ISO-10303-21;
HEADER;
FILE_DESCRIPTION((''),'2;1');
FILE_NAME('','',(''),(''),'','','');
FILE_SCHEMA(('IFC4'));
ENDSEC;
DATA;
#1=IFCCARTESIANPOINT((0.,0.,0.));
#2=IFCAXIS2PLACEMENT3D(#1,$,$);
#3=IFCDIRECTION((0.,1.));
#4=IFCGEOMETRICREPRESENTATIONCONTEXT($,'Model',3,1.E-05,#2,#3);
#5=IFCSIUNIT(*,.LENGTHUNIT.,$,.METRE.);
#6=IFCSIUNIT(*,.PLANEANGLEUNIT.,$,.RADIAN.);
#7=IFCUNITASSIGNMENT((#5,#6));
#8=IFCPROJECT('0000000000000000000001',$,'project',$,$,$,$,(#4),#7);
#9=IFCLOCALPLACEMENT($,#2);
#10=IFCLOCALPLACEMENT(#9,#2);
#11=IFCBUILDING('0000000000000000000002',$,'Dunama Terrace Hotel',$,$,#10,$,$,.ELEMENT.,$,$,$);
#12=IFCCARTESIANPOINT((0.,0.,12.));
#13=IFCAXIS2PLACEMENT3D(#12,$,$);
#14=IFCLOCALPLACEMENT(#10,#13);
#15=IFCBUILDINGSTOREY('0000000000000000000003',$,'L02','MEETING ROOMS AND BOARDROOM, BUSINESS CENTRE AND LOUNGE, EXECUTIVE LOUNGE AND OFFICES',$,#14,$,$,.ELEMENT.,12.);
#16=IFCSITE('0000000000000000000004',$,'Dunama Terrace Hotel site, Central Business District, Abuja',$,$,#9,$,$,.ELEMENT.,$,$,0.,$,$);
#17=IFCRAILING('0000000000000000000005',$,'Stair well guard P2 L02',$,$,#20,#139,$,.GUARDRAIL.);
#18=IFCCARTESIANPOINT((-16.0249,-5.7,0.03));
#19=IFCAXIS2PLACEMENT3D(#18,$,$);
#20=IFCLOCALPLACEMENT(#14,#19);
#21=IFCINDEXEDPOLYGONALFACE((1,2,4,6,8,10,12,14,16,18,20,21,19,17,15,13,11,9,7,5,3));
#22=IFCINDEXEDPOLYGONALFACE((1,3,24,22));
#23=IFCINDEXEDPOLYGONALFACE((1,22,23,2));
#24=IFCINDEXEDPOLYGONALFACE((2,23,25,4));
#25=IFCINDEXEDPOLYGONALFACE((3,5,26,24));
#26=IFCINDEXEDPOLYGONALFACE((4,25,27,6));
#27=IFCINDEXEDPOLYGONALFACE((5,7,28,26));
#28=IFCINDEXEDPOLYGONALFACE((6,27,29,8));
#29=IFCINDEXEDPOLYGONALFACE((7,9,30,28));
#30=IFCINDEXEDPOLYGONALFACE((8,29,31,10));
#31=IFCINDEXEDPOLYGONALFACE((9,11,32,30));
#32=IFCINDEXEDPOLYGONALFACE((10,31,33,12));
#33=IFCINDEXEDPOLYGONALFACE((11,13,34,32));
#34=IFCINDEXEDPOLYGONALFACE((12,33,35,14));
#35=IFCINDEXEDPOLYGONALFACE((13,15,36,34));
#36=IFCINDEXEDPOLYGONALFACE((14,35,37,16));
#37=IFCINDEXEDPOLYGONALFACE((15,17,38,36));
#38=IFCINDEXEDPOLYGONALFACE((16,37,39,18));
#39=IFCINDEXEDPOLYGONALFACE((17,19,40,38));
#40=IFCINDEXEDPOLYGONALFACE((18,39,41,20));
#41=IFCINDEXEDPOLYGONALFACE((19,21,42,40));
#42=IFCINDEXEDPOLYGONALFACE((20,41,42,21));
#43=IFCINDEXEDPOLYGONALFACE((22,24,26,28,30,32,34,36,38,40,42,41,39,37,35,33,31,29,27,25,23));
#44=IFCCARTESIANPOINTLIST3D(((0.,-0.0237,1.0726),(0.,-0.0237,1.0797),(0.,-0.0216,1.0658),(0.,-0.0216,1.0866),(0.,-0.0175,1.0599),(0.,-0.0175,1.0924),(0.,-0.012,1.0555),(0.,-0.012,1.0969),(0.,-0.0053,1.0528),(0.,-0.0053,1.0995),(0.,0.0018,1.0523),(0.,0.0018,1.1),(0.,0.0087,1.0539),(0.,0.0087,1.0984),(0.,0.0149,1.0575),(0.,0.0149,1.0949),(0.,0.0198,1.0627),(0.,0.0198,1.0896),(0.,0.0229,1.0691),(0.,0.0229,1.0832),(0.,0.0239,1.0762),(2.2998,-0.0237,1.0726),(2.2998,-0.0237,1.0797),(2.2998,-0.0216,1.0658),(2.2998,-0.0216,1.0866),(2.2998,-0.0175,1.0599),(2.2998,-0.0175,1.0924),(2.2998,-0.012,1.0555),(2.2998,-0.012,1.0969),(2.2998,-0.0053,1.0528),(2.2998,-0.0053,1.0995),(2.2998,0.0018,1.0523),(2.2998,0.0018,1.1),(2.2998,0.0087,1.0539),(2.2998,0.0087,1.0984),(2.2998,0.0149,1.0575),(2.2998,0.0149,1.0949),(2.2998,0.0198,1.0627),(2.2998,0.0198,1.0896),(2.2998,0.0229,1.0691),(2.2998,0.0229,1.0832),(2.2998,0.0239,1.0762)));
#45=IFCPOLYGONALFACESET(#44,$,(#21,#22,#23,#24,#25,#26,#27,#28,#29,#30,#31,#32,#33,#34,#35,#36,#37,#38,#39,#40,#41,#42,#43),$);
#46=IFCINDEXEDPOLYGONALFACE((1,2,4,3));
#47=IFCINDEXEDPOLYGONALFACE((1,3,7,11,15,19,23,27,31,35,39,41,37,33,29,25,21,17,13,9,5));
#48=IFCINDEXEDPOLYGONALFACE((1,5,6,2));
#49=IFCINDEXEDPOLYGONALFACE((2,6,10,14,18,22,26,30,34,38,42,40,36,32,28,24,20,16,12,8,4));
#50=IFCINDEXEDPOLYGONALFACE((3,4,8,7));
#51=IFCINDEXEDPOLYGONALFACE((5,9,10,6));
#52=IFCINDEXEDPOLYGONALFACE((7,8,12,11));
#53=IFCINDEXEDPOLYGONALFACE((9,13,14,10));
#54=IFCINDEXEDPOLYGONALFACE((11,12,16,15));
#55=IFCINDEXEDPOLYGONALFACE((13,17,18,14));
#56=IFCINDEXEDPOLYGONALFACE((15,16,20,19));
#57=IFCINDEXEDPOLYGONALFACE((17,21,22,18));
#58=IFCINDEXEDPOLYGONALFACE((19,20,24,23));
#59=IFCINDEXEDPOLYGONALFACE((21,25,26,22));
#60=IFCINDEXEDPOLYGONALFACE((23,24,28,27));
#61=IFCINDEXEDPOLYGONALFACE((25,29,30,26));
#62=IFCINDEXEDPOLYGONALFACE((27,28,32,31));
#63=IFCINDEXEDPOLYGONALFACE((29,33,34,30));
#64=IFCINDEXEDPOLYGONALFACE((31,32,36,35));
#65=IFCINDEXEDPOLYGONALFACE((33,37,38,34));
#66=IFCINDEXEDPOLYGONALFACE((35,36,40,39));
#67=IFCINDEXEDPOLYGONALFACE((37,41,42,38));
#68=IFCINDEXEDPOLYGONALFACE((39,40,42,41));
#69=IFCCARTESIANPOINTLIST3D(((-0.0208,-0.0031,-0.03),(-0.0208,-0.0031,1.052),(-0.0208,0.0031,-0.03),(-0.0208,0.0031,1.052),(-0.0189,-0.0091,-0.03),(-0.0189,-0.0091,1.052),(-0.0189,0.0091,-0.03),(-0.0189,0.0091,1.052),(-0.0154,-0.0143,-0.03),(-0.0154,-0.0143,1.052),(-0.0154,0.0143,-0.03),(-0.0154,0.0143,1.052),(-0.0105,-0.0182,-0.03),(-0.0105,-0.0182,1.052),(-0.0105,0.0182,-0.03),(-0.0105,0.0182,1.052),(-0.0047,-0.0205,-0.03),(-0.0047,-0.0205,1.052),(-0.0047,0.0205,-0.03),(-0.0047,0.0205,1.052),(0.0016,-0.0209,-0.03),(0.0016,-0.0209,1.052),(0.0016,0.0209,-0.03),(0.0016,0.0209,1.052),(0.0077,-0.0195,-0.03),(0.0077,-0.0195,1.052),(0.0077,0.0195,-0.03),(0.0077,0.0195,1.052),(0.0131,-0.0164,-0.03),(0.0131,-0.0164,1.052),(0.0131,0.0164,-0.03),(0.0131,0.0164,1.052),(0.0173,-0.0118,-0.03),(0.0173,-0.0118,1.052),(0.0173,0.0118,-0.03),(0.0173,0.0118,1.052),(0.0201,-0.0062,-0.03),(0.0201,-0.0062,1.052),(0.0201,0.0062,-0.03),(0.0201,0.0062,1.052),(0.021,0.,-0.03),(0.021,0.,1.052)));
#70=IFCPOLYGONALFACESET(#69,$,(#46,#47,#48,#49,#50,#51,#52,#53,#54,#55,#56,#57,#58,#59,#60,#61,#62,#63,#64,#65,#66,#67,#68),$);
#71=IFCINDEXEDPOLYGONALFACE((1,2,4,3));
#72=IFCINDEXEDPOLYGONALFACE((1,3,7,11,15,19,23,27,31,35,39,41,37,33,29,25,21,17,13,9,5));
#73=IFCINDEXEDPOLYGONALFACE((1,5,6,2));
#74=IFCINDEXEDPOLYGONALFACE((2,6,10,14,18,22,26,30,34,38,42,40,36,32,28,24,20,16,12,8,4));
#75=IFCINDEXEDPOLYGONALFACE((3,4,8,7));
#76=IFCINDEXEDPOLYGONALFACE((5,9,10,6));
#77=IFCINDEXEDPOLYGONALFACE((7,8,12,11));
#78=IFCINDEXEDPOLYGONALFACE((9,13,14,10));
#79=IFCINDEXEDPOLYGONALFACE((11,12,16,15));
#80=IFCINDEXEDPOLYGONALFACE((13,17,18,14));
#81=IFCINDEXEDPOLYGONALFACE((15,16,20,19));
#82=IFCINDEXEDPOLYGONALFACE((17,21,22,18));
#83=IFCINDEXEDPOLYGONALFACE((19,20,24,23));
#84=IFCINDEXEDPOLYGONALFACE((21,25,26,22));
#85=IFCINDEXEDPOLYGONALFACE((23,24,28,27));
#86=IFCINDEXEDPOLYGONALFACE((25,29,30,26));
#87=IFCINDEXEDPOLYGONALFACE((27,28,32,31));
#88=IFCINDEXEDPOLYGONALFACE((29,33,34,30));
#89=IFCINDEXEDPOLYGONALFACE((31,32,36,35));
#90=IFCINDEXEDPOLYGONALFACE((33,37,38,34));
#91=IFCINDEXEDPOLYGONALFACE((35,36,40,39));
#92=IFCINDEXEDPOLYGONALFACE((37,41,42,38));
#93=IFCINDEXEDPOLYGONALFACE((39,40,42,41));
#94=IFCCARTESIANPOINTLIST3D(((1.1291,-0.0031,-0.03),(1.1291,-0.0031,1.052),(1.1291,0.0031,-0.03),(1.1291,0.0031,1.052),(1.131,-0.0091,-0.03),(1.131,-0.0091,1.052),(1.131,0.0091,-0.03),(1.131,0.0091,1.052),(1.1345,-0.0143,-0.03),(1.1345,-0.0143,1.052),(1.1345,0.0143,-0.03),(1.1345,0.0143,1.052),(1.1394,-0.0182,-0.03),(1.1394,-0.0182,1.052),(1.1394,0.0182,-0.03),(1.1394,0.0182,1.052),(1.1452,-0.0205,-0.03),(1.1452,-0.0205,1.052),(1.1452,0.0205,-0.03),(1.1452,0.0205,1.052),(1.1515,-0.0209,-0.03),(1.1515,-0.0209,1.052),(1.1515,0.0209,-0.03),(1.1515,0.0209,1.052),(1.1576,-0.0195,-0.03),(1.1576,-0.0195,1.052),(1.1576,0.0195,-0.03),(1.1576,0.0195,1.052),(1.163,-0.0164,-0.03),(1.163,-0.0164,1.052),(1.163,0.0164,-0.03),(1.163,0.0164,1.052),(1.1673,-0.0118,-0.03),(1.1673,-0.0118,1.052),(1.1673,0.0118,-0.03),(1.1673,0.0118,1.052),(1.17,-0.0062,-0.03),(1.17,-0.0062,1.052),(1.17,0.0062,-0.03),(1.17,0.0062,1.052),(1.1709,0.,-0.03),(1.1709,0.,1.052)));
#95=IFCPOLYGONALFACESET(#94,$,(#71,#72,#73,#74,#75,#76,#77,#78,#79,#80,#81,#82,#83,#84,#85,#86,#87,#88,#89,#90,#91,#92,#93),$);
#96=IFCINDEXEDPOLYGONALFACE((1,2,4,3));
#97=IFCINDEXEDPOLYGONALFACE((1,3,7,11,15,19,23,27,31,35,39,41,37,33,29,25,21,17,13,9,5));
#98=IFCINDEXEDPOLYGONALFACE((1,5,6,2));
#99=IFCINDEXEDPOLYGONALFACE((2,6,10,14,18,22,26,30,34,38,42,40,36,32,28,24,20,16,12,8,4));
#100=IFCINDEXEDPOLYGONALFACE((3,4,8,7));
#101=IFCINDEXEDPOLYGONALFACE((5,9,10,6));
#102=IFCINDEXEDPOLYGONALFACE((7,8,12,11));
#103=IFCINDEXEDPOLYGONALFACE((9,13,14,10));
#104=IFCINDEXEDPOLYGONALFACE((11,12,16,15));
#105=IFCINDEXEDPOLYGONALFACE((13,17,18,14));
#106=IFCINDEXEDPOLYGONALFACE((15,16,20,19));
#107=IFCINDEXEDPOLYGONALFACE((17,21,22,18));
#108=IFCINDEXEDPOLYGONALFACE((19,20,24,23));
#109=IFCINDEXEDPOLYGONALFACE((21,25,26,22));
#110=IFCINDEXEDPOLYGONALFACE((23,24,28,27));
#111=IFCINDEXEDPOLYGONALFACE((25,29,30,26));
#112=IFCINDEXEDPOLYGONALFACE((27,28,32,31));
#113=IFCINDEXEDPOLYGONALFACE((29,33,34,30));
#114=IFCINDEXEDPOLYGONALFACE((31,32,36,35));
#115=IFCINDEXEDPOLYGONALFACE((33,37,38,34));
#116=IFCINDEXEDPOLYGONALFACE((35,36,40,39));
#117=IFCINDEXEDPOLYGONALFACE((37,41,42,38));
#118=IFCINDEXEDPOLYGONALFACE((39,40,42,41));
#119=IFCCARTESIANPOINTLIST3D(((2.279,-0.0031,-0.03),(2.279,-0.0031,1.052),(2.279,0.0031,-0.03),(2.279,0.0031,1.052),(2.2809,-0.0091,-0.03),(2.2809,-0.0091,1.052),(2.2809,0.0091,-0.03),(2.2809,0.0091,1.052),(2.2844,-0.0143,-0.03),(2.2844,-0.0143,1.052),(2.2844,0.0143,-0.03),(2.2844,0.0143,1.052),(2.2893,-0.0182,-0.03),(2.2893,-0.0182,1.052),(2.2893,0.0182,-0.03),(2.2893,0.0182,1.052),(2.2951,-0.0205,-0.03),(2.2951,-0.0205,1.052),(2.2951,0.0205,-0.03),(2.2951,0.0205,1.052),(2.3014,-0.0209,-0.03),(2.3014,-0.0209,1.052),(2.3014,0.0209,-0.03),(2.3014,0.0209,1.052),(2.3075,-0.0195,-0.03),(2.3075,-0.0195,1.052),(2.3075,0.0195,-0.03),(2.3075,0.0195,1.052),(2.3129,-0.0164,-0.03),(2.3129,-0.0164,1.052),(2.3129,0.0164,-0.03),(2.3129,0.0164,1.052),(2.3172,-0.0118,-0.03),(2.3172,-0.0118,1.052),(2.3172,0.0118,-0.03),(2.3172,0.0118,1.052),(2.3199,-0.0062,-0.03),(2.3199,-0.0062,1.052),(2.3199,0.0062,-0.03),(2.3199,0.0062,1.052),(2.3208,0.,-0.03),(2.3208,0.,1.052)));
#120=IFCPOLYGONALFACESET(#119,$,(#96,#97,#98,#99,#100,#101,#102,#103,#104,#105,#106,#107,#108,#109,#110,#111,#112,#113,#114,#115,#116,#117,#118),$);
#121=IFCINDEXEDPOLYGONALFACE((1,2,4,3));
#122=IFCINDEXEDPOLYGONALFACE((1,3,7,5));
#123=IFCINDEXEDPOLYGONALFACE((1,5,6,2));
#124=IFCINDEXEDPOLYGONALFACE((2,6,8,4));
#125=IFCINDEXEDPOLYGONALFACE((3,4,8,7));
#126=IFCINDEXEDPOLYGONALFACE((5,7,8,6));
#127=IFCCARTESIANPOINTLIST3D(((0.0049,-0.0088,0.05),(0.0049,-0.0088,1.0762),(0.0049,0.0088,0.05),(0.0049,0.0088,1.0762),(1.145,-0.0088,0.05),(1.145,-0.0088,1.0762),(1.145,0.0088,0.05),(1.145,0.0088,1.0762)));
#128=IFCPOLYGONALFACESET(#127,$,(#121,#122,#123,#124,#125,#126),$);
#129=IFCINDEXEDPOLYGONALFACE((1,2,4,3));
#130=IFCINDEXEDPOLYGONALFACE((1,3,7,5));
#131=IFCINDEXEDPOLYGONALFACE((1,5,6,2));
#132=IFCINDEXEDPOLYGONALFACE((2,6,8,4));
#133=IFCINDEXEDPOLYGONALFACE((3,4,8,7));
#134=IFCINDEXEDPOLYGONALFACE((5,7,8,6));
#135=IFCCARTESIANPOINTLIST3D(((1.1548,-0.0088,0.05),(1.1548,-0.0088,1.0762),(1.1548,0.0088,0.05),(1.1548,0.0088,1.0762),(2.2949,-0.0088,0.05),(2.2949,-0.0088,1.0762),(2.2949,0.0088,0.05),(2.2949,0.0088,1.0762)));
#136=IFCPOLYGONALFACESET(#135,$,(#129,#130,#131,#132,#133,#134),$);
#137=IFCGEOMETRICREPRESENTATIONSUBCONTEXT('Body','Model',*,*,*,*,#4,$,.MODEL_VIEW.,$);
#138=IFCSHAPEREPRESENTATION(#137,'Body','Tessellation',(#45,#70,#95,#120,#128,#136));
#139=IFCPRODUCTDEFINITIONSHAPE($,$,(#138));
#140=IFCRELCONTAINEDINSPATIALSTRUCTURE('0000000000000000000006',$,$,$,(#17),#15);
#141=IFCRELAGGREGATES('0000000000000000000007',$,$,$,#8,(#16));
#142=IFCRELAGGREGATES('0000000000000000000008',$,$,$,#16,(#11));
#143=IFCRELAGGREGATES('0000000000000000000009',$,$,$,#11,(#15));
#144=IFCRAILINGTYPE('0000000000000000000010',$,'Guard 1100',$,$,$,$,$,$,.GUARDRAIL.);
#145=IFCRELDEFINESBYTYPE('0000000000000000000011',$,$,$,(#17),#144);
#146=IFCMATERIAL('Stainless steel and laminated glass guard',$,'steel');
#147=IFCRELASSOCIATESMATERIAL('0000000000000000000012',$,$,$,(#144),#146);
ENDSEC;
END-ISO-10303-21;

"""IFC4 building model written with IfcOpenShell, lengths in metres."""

from ifc_helpers import new_model, si_unit, direction, frame, origin, origin_2d, place, context, subcontext, project, spatial, polyline, circle, outline, extrude, material, type_object, element, save


model = new_model("IFC4")

# Units and contexts
model_context = context("Model", 3, precision=1e-05, world=origin(), true_north=direction((0.0, 1.0)))
body_context = subcontext(model_context, "Body", "Model", "MODEL_VIEW")
ifc_project = project(units=[si_unit("LENGTHUNIT", "METRE"), si_unit("PLANEANGLEUNIT", "RADIAN")], contexts=[model_context])

# Site, building, storey
site_placement = place(None, origin())
site = spatial("IfcSite", under=ifc_project, at=site_placement, Name="Dunama Terrace Hotel site, Central Business District, Abuja", CompositionType="ELEMENT", RefElevation=0.0)
building_placement = place(site_placement, origin())
building = spatial("IfcBuilding", under=site, at=building_placement, Name="Dunama Terrace Hotel", CompositionType="ELEMENT")
storey_placement = place(building_placement, frame((0.0, 0.0, 12.0)))
storey = spatial("IfcBuildingStorey", under=building, at=storey_placement, Name="L02", Description="MEETING ROOMS AND BOARDROOM, BUSINESS CENTRE AND LOUNGE, EXECUTIVE LOUNGE AND OFFICES", CompositionType="ELEMENT", Elevation=12.0)

# Railing
ifc_material_1 = material(Name="Stainless steel and laminated glass guard", Category="steel")
railing_type = type_object("IfcRailingType", Name="Guard 1100", PredefinedType="GUARDRAIL", material=ifc_material_1)
railing_placement = place(storey_placement, frame((-16.0249, -5.7, 0.03)))
element("IfcRailing", 1, at=railing_placement, inside=storey, type_object=railing_type, Name="Stair well guard P2 L02", PredefinedType="GUARDRAIL", context=body_context, shape_type="SweptSolid", body=[
    extrude(circle(Radius=0.0239, at=origin_2d()), frame((0.0, 0.0, 1.0762), z_axis=(1.0, 0.0, 0.0), x_axis=(0.0, 1.0, 0.0)), (0.0, 0.0, 1.0), 2.2998),
    extrude(circle(Radius=0.021, at=origin_2d()), frame((0.0, 0.0, -0.03)), (0.0, 0.0, 1.0), 1.082),
    extrude(circle(Radius=0.021, at=origin_2d()), frame((1.1499, 0.0, -0.03)), (0.0, 0.0, 1.0), 1.082),
    extrude(circle(Radius=0.021, at=origin_2d()), frame((2.2998, 0.0, -0.03)), (0.0, 0.0, 1.0), 1.082),
    extrude(outline(polyline([(0.0049, 0.05), (1.145, 0.05), (1.145, 1.0762), (0.0049, 1.0762), (0.0049, 0.05)])), frame((0.0, 0.0088, 0.0), z_axis=(0.0, -1.0, 0.0), x_axis=(1.0, 0.0, 0.0)), (0.0, 0.0, 1.0), 0.0176),
    extrude(outline(polyline([(0.0049, 0.05), (1.145, 0.05), (1.145, 1.0762), (0.0049, 1.0762), (0.0049, 0.05)])), frame((1.1499, 0.0088, 0.0), z_axis=(0.0, -1.0, 0.0), x_axis=(1.0, 0.0, 0.0)), (0.0, 0.0, 1.0), 0.0176),
])

save(model, "model.ifc")
